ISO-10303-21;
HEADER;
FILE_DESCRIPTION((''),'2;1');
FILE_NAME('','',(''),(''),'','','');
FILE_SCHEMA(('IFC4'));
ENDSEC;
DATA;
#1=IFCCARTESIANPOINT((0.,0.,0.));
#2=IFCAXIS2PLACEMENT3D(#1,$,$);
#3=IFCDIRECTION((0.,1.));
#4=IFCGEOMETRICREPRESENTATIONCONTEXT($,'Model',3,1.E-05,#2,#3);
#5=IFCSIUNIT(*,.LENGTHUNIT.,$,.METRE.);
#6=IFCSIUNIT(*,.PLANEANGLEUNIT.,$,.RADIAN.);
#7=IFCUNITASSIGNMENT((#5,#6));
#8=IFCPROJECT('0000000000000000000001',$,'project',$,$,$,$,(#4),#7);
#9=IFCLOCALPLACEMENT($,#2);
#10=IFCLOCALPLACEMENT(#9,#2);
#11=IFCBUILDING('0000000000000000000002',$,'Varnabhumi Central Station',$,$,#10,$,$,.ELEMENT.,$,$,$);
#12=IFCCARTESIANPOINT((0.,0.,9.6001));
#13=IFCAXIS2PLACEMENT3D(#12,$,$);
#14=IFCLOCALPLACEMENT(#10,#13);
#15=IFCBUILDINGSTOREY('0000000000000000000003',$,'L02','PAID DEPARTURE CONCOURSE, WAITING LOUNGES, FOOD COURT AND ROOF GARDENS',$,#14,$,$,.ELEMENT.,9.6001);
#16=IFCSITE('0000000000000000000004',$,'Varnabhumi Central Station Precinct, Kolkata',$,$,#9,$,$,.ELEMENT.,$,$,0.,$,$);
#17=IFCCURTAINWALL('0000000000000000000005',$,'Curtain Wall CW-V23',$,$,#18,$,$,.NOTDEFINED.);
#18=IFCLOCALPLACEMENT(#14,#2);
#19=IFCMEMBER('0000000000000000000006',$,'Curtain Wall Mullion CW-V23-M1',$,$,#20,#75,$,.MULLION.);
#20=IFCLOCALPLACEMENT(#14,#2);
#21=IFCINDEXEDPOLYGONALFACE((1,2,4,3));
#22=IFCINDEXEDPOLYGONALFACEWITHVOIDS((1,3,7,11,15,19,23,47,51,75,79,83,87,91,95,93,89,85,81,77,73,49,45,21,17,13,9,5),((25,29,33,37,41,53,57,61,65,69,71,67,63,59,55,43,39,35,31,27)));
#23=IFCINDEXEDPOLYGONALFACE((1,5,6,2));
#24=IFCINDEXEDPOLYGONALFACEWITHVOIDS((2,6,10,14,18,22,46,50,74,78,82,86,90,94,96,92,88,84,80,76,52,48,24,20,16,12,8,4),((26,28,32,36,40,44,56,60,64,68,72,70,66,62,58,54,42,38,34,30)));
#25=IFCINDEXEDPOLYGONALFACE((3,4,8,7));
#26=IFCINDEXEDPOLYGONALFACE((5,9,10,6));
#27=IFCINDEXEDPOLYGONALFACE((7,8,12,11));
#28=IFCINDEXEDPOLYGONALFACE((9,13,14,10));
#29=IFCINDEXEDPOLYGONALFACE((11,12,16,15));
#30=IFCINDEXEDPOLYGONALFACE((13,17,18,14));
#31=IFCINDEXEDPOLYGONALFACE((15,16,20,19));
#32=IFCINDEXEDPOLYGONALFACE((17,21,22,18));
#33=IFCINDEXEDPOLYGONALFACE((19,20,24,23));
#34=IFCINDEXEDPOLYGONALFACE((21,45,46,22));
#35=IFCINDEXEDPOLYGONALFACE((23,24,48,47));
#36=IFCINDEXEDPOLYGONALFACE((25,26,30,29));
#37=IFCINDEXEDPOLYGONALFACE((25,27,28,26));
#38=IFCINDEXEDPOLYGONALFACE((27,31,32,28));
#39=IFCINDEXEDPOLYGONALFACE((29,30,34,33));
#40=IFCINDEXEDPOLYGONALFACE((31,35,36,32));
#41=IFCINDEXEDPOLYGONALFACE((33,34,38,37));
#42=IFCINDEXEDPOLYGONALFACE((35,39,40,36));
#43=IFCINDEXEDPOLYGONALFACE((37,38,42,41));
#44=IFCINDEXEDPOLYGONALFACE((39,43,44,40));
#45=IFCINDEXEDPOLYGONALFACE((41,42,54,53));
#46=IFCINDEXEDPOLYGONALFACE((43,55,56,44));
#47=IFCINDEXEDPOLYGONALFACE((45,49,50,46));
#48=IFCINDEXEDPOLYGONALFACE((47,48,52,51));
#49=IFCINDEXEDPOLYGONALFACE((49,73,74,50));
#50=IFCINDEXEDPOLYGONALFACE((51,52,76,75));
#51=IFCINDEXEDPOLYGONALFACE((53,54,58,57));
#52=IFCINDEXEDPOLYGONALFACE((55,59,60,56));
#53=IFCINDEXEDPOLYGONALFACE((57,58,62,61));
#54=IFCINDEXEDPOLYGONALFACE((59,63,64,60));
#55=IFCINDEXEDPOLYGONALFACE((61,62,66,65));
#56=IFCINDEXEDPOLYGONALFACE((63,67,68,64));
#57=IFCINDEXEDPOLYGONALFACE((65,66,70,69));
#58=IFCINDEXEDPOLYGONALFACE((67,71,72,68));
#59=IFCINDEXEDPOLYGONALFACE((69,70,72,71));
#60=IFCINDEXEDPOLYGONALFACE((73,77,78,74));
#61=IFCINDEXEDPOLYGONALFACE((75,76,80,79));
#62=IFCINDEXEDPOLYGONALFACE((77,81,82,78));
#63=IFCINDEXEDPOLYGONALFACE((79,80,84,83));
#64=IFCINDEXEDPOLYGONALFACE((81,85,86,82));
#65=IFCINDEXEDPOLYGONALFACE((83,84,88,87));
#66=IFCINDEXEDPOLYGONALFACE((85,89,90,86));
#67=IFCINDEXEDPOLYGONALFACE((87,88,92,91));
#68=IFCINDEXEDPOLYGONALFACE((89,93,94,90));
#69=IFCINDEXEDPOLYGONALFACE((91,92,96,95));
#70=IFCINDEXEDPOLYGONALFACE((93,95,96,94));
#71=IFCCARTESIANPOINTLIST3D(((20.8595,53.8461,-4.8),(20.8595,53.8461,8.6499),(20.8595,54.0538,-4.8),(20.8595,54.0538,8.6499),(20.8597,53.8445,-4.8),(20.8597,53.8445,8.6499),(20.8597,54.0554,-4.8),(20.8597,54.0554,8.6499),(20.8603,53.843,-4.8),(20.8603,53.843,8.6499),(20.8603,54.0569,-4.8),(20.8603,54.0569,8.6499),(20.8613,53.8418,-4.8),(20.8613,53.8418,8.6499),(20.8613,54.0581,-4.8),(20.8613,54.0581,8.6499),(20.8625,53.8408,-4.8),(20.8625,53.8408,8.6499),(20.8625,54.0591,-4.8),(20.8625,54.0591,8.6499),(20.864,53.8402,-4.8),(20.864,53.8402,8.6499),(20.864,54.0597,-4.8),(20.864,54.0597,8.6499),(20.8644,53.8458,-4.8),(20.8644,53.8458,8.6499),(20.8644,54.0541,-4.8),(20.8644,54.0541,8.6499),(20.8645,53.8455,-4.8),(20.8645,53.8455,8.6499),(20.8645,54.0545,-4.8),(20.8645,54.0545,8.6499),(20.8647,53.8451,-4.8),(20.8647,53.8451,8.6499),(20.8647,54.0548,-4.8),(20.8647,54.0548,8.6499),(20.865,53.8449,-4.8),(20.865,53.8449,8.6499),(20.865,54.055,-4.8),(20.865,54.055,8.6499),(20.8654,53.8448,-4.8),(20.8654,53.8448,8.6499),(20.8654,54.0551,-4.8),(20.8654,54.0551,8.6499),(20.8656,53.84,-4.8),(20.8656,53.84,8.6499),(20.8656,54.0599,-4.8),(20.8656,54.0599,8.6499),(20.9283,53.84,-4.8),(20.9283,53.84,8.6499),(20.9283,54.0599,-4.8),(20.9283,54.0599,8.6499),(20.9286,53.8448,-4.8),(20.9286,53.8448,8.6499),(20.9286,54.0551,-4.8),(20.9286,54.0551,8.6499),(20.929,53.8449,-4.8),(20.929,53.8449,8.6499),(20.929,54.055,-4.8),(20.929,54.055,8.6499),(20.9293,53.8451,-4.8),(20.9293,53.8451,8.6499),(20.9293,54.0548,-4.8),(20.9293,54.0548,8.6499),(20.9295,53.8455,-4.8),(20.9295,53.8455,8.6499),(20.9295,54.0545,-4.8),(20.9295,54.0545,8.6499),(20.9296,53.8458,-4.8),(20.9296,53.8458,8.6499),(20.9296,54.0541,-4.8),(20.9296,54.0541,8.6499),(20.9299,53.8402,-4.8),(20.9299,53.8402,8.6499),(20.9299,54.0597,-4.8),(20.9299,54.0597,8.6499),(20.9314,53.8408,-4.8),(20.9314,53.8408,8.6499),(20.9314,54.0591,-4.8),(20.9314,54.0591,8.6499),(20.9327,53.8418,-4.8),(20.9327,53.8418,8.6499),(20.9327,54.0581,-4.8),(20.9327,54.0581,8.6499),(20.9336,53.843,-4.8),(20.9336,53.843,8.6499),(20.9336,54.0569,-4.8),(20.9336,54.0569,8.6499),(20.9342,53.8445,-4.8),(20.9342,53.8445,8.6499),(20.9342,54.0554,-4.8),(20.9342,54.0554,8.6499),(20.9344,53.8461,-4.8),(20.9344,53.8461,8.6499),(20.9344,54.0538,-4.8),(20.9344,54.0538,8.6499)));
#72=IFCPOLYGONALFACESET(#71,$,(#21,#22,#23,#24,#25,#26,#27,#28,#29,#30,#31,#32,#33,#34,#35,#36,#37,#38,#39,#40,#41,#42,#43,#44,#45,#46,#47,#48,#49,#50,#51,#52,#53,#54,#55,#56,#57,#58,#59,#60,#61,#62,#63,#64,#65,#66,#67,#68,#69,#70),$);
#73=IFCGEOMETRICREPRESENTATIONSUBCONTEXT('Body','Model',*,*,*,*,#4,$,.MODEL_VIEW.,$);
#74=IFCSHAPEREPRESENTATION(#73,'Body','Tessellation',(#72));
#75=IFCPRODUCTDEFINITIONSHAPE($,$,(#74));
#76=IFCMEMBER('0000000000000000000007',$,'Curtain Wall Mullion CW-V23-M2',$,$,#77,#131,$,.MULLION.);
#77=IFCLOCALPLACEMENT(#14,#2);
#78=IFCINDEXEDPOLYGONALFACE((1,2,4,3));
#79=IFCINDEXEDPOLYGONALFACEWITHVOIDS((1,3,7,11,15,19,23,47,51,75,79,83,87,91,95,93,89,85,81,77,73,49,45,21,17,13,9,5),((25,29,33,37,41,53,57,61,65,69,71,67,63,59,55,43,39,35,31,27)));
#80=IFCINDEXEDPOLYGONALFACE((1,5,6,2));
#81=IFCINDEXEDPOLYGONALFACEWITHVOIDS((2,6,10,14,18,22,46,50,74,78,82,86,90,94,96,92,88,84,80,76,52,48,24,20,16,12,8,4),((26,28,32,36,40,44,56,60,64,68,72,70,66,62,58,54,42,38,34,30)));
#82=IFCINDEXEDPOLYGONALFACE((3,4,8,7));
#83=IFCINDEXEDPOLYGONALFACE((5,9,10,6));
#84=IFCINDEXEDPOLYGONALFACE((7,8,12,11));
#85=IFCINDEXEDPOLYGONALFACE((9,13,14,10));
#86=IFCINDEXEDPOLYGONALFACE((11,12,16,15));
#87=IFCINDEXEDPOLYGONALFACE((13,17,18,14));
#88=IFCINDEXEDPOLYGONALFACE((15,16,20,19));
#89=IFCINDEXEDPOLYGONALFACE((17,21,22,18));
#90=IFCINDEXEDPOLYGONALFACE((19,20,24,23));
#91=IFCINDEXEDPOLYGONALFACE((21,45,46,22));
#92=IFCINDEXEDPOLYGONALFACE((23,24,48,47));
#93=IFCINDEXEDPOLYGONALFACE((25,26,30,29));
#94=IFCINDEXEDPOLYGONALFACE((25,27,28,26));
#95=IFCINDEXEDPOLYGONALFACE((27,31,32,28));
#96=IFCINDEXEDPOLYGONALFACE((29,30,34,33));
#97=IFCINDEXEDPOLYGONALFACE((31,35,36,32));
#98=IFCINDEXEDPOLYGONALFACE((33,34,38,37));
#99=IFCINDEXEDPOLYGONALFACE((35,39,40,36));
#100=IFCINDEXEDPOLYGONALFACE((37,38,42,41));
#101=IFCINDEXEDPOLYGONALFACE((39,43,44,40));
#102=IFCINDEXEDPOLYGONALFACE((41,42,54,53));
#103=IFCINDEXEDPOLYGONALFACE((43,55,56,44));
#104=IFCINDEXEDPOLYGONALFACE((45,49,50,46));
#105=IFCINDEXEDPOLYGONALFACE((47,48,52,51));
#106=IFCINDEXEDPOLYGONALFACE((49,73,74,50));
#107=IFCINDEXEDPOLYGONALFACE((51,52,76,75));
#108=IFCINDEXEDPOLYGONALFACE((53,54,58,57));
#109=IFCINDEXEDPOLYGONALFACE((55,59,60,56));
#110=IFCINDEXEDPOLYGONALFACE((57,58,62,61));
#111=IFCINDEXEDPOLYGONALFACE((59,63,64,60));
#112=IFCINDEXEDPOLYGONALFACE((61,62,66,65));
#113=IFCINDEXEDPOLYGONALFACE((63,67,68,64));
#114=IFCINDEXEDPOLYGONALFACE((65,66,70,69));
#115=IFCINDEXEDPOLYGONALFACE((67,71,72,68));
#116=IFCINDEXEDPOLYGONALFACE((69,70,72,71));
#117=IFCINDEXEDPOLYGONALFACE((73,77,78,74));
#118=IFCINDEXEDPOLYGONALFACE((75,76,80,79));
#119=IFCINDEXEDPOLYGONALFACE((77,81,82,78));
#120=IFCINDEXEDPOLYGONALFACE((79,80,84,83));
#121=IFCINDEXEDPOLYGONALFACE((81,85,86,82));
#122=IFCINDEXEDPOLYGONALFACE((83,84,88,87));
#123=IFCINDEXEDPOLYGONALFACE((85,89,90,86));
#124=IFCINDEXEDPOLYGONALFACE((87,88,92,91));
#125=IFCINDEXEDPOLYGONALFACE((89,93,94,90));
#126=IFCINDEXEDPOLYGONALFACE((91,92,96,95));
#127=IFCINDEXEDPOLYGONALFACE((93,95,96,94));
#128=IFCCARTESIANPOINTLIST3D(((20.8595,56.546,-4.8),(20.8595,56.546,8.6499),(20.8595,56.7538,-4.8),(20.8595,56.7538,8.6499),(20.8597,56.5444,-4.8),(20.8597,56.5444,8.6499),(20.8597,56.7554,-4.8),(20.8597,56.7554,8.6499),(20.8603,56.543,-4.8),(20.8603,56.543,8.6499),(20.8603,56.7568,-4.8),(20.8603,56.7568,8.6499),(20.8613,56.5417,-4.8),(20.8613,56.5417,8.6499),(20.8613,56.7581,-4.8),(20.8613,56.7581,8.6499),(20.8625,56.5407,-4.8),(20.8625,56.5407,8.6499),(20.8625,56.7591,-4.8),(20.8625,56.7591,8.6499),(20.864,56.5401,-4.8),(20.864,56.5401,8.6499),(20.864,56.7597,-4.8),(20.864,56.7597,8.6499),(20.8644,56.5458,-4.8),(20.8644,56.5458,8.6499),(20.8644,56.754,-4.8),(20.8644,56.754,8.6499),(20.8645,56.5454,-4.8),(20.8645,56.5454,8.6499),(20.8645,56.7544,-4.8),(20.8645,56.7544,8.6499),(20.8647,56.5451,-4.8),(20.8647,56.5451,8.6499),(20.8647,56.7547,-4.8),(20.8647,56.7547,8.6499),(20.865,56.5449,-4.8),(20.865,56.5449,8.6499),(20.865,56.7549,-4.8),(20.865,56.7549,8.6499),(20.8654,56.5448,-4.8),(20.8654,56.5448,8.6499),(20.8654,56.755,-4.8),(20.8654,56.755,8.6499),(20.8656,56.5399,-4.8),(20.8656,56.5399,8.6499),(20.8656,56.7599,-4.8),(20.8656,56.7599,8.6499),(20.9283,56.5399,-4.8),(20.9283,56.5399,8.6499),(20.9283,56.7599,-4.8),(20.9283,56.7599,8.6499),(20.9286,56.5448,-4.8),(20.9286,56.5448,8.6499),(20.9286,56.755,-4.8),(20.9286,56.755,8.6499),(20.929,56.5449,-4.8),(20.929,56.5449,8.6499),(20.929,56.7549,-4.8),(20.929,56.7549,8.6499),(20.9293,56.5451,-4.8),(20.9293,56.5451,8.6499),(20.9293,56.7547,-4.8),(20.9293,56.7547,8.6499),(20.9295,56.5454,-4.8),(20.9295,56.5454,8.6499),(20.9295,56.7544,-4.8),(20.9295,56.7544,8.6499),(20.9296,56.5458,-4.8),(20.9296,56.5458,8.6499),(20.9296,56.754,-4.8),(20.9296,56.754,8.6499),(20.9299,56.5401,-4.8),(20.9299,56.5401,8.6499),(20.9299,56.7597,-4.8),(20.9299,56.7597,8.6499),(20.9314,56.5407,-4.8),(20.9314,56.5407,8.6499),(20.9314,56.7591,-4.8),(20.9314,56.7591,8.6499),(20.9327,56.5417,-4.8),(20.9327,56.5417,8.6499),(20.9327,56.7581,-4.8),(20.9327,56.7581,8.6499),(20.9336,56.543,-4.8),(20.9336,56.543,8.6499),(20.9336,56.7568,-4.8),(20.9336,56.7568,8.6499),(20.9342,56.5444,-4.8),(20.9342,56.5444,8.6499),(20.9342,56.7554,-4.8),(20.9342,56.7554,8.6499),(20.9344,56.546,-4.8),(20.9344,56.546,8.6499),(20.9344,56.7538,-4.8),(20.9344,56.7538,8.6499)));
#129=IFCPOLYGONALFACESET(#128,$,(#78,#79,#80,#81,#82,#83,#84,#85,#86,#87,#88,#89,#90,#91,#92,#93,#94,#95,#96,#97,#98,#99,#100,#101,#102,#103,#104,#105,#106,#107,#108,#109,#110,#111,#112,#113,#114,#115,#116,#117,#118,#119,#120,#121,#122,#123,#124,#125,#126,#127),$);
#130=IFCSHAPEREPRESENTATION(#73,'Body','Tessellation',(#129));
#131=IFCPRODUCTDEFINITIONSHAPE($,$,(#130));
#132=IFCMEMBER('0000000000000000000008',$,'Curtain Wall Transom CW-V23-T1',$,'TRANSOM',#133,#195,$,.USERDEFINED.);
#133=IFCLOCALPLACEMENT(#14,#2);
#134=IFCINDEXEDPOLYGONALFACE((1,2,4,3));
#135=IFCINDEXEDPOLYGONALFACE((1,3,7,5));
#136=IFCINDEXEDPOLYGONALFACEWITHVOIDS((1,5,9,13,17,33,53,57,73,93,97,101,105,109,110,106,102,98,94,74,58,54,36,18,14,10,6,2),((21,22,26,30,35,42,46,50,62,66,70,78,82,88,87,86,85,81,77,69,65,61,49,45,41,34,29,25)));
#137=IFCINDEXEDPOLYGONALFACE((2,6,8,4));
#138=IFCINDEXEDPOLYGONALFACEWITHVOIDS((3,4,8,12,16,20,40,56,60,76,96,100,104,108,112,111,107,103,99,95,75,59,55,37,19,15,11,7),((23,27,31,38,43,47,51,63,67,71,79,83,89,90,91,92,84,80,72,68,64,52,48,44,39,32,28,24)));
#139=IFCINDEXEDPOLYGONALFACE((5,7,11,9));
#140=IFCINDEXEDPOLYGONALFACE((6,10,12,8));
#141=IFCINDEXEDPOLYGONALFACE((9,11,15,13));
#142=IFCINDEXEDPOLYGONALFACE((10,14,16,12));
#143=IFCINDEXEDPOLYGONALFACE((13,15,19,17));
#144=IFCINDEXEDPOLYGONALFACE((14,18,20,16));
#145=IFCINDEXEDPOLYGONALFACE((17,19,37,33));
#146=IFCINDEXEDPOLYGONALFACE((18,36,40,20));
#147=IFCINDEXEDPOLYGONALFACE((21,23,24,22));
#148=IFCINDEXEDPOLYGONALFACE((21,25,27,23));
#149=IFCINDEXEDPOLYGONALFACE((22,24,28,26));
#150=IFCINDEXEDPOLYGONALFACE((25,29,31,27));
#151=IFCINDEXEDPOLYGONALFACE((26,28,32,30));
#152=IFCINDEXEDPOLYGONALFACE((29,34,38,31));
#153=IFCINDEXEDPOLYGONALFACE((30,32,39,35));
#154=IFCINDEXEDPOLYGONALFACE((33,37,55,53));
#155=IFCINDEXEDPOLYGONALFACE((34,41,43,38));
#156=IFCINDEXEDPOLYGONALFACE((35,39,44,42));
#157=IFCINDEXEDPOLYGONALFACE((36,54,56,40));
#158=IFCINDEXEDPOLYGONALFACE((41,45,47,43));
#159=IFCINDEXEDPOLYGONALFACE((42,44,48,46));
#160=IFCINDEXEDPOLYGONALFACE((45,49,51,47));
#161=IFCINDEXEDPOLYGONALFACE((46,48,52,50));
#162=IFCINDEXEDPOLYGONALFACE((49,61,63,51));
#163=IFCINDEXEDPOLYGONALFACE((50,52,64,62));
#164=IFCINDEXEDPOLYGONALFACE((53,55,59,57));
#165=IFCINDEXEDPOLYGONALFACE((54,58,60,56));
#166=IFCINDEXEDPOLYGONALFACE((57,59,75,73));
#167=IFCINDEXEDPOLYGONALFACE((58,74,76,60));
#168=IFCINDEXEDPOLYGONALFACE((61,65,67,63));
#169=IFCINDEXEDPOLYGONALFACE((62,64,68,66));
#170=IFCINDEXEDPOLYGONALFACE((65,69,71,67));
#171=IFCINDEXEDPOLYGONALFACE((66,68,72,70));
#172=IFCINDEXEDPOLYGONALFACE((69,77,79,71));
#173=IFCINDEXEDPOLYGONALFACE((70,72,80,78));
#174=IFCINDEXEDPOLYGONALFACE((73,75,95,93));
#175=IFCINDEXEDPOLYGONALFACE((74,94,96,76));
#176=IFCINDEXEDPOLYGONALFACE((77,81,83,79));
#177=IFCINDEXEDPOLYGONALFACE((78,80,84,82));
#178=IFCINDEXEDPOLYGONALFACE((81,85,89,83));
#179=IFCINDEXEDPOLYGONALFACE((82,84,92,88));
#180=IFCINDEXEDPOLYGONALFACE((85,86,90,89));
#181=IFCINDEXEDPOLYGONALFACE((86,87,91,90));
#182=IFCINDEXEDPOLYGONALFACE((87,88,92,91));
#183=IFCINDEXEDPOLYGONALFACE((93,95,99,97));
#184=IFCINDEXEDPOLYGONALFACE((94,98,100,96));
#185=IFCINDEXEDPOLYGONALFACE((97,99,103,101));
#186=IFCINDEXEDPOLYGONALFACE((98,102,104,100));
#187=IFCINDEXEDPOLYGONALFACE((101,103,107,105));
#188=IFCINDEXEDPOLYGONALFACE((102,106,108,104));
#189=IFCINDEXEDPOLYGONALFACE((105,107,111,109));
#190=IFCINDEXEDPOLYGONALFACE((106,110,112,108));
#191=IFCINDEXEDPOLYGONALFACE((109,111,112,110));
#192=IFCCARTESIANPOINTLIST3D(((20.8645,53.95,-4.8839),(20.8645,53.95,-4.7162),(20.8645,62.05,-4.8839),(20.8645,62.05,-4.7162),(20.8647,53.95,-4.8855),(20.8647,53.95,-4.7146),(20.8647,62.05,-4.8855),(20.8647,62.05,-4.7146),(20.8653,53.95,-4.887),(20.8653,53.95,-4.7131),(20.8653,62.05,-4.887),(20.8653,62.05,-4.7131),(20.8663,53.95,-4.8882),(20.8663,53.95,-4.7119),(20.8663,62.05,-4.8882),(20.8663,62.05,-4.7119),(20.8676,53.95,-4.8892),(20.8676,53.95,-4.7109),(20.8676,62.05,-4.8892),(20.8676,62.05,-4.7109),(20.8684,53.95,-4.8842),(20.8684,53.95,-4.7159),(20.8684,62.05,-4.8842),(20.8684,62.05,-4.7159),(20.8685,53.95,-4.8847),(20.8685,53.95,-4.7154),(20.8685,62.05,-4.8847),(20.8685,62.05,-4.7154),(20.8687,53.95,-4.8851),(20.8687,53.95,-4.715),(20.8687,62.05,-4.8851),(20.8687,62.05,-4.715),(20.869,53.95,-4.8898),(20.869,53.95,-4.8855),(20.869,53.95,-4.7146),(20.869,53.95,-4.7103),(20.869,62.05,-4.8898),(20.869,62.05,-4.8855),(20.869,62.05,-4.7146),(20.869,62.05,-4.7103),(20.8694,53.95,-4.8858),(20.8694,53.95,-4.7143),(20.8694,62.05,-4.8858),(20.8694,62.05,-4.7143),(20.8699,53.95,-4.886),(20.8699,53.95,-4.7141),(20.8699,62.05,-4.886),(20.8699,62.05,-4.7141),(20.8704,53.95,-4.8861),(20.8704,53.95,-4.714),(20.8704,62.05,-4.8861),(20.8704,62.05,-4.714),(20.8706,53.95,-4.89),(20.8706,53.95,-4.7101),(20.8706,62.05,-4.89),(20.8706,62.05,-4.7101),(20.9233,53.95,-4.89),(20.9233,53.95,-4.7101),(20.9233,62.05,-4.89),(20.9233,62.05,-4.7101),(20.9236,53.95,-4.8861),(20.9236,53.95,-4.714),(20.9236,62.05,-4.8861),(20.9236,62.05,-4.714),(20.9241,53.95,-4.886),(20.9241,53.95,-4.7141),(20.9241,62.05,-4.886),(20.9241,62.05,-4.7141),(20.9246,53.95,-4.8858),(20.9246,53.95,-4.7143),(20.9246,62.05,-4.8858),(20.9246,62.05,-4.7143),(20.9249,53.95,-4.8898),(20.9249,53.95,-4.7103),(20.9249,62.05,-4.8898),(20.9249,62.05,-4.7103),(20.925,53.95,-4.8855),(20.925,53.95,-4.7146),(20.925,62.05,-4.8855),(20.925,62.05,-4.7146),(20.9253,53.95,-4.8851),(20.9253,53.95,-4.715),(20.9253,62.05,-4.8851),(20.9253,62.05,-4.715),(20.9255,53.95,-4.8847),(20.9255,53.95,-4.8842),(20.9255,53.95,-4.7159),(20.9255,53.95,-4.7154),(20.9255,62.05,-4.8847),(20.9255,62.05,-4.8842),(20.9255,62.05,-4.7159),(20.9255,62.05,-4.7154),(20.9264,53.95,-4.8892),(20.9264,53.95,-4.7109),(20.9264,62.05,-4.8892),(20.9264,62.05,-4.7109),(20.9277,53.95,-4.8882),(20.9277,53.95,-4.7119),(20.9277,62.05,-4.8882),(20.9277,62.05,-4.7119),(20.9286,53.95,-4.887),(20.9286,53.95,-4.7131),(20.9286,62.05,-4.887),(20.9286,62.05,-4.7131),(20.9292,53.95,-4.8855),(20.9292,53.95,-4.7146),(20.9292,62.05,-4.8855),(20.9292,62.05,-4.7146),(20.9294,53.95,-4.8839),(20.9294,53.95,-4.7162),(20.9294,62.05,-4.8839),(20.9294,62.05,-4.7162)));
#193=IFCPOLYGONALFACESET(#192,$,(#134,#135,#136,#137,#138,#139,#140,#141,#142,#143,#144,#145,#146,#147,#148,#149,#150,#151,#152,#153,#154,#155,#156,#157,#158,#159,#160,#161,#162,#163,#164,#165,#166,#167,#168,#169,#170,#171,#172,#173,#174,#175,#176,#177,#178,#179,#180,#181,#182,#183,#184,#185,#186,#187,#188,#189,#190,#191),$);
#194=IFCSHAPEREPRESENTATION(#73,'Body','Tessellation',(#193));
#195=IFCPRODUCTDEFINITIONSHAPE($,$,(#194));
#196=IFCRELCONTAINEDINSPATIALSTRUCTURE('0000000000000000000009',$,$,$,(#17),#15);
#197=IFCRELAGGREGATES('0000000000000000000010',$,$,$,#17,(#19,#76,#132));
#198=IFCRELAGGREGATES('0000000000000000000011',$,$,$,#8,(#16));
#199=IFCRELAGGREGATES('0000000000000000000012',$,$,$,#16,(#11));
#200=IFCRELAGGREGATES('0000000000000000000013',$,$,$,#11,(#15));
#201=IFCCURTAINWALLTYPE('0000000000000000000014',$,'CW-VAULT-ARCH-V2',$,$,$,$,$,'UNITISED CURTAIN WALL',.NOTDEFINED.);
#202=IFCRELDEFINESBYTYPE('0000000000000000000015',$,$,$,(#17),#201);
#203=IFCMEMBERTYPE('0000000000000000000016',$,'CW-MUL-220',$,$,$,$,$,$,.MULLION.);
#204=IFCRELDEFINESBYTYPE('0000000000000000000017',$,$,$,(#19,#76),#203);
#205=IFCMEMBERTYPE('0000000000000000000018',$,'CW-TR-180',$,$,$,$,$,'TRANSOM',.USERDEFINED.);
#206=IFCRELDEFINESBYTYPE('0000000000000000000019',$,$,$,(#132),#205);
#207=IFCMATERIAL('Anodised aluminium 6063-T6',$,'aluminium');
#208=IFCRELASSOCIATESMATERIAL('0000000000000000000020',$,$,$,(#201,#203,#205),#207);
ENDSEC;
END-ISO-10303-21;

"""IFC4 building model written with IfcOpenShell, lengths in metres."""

from ifc_helpers import new_model, si_unit, direction, frame, origin, origin_2d, place, context, subcontext, project, spatial, hollow_rectangle, extrude, material, material_profile, profile_set, type_object, element, aggregate, save


model = new_model("IFC4")

# Units and contexts
model_context = context("Model", 3, precision=1e-05, world=origin(), true_north=direction((0.0, 1.0)))
body_context = subcontext(model_context, "Body", "Model", "MODEL_VIEW")
ifc_project = project(units=[si_unit("LENGTHUNIT", "METRE"), si_unit("PLANEANGLEUNIT", "RADIAN")], contexts=[model_context])

# Site, building, storey
site_placement = place(None, origin())
site = spatial("IfcSite", under=ifc_project, at=site_placement, Name="Varnabhumi Central Station Precinct, Kolkata", CompositionType="ELEMENT", RefElevation=0.0)
building_placement = place(site_placement, origin())
building = spatial("IfcBuilding", under=site, at=building_placement, Name="Varnabhumi Central Station", CompositionType="ELEMENT")
storey_placement = place(building_placement, frame((0.0, 0.0, 9.6001)))
storey = spatial("IfcBuildingStorey", under=building, at=storey_placement, Name="L02", Description="PAID DEPARTURE CONCOURSE, WAITING LOUNGES, FOOD COURT AND ROOF GARDENS", CompositionType="ELEMENT", Elevation=9.6001)

# Curtain wall, members
ifc_material_1 = material(Name="Anodised aluminium 6063-T6", Category="aluminium")
curtain_wall_type = type_object("IfcCurtainWallType", Name="CW-VAULT-ARCH-V2", ElementType="UNITISED CURTAIN WALL", PredefinedType="NOTDEFINED", material=ifc_material_1)
ifc_material_profile_1 = material_profile(ifc_material_1, hollow_rectangle(XDim=0.075, YDim=0.22, WallThickness=0.0049, InnerFilletRadius=0.001, OuterFilletRadius=0.0061, at=origin_2d()), Name="Anodised aluminium 6063-T6", Category="aluminium")
ifc_profile_set_1 = profile_set([ifc_material_profile_1], Name="Anodised aluminium 6063-T6")
member_type_1 = type_object("IfcMemberType", Name="CW-MUL-220", PredefinedType="MULLION", material=ifc_profile_set_1)
curtain_wall_1_placement = place(storey_placement, origin())
curtain_wall_1 = element("IfcCurtainWall", 1, at=curtain_wall_1_placement, inside=storey, type_object=curtain_wall_type, Name="Curtain Wall CW-V23", PredefinedType="NOTDEFINED")
member_1_placement = place(storey_placement, frame((20.897, 53.95, -4.8), z_axis=(0.0, 0.0, 1.0), x_axis=(1.0, 0.0, 0.0)))
member_1 = element("IfcMember", 2, at=member_1_placement, type_object=member_type_1, Name="Curtain Wall Mullion CW-V23-M1", PredefinedType="MULLION", context=body_context, shape_type="SweptSolid", body=[
    extrude(hollow_rectangle(XDim=0.075, YDim=0.22, WallThickness=0.0049, InnerFilletRadius=0.001, OuterFilletRadius=0.0061, at=origin_2d()), origin(), (0.0, 0.0, 1.0), 13.45),
])
member_2_placement = place(storey_placement, frame((20.897, 56.6499, -4.8), z_axis=(0.0, 0.0, 1.0), x_axis=(1.0, 0.0, 0.0)))
member_2 = element("IfcMember", 3, at=member_2_placement, type_object=member_type_1, Name="Curtain Wall Mullion CW-V23-M2", PredefinedType="MULLION", context=body_context, shape_type="SweptSolid", body=[
    extrude(hollow_rectangle(XDim=0.075, YDim=0.22, WallThickness=0.0049, InnerFilletRadius=0.001, OuterFilletRadius=0.0061, at=origin_2d()), origin(), (0.0, 0.0, 1.0), 13.45),
])
ifc_material_profile_2 = material_profile(ifc_material_1, hollow_rectangle(XDim=0.0649, YDim=0.1799, WallThickness=0.0039, InnerFilletRadius=0.002, OuterFilletRadius=0.0061, at=origin_2d()), Name="Anodised aluminium 6063-T6", Category="aluminium")
ifc_profile_set_2 = profile_set([ifc_material_profile_2], Name="Anodised aluminium 6063-T6")
member_type_2 = type_object("IfcMemberType", Name="CW-TR-180", ElementType="TRANSOM", PredefinedType="USERDEFINED", material=ifc_profile_set_2)
member_3_placement = place(storey_placement, frame((20.897, 53.95, -4.8), z_axis=(0.0, 1.0, 0.0), x_axis=(-1.0, 0.0, 0.0)))
member_3 = element("IfcMember", 4, at=member_3_placement, type_object=member_type_2, Name="Curtain Wall Transom CW-V23-T1", ObjectType="TRANSOM", PredefinedType="USERDEFINED", context=body_context, shape_type="SweptSolid", body=[
    extrude(hollow_rectangle(XDim=0.0649, YDim=0.1799, WallThickness=0.0039, InnerFilletRadius=0.002, OuterFilletRadius=0.0061, at=origin_2d()), origin(), (0.0, 0.0, 1.0), 8.1001),
])

aggregate(curtain_wall_1, [member_1, member_2, member_3])

save(model, "model.ifc")
